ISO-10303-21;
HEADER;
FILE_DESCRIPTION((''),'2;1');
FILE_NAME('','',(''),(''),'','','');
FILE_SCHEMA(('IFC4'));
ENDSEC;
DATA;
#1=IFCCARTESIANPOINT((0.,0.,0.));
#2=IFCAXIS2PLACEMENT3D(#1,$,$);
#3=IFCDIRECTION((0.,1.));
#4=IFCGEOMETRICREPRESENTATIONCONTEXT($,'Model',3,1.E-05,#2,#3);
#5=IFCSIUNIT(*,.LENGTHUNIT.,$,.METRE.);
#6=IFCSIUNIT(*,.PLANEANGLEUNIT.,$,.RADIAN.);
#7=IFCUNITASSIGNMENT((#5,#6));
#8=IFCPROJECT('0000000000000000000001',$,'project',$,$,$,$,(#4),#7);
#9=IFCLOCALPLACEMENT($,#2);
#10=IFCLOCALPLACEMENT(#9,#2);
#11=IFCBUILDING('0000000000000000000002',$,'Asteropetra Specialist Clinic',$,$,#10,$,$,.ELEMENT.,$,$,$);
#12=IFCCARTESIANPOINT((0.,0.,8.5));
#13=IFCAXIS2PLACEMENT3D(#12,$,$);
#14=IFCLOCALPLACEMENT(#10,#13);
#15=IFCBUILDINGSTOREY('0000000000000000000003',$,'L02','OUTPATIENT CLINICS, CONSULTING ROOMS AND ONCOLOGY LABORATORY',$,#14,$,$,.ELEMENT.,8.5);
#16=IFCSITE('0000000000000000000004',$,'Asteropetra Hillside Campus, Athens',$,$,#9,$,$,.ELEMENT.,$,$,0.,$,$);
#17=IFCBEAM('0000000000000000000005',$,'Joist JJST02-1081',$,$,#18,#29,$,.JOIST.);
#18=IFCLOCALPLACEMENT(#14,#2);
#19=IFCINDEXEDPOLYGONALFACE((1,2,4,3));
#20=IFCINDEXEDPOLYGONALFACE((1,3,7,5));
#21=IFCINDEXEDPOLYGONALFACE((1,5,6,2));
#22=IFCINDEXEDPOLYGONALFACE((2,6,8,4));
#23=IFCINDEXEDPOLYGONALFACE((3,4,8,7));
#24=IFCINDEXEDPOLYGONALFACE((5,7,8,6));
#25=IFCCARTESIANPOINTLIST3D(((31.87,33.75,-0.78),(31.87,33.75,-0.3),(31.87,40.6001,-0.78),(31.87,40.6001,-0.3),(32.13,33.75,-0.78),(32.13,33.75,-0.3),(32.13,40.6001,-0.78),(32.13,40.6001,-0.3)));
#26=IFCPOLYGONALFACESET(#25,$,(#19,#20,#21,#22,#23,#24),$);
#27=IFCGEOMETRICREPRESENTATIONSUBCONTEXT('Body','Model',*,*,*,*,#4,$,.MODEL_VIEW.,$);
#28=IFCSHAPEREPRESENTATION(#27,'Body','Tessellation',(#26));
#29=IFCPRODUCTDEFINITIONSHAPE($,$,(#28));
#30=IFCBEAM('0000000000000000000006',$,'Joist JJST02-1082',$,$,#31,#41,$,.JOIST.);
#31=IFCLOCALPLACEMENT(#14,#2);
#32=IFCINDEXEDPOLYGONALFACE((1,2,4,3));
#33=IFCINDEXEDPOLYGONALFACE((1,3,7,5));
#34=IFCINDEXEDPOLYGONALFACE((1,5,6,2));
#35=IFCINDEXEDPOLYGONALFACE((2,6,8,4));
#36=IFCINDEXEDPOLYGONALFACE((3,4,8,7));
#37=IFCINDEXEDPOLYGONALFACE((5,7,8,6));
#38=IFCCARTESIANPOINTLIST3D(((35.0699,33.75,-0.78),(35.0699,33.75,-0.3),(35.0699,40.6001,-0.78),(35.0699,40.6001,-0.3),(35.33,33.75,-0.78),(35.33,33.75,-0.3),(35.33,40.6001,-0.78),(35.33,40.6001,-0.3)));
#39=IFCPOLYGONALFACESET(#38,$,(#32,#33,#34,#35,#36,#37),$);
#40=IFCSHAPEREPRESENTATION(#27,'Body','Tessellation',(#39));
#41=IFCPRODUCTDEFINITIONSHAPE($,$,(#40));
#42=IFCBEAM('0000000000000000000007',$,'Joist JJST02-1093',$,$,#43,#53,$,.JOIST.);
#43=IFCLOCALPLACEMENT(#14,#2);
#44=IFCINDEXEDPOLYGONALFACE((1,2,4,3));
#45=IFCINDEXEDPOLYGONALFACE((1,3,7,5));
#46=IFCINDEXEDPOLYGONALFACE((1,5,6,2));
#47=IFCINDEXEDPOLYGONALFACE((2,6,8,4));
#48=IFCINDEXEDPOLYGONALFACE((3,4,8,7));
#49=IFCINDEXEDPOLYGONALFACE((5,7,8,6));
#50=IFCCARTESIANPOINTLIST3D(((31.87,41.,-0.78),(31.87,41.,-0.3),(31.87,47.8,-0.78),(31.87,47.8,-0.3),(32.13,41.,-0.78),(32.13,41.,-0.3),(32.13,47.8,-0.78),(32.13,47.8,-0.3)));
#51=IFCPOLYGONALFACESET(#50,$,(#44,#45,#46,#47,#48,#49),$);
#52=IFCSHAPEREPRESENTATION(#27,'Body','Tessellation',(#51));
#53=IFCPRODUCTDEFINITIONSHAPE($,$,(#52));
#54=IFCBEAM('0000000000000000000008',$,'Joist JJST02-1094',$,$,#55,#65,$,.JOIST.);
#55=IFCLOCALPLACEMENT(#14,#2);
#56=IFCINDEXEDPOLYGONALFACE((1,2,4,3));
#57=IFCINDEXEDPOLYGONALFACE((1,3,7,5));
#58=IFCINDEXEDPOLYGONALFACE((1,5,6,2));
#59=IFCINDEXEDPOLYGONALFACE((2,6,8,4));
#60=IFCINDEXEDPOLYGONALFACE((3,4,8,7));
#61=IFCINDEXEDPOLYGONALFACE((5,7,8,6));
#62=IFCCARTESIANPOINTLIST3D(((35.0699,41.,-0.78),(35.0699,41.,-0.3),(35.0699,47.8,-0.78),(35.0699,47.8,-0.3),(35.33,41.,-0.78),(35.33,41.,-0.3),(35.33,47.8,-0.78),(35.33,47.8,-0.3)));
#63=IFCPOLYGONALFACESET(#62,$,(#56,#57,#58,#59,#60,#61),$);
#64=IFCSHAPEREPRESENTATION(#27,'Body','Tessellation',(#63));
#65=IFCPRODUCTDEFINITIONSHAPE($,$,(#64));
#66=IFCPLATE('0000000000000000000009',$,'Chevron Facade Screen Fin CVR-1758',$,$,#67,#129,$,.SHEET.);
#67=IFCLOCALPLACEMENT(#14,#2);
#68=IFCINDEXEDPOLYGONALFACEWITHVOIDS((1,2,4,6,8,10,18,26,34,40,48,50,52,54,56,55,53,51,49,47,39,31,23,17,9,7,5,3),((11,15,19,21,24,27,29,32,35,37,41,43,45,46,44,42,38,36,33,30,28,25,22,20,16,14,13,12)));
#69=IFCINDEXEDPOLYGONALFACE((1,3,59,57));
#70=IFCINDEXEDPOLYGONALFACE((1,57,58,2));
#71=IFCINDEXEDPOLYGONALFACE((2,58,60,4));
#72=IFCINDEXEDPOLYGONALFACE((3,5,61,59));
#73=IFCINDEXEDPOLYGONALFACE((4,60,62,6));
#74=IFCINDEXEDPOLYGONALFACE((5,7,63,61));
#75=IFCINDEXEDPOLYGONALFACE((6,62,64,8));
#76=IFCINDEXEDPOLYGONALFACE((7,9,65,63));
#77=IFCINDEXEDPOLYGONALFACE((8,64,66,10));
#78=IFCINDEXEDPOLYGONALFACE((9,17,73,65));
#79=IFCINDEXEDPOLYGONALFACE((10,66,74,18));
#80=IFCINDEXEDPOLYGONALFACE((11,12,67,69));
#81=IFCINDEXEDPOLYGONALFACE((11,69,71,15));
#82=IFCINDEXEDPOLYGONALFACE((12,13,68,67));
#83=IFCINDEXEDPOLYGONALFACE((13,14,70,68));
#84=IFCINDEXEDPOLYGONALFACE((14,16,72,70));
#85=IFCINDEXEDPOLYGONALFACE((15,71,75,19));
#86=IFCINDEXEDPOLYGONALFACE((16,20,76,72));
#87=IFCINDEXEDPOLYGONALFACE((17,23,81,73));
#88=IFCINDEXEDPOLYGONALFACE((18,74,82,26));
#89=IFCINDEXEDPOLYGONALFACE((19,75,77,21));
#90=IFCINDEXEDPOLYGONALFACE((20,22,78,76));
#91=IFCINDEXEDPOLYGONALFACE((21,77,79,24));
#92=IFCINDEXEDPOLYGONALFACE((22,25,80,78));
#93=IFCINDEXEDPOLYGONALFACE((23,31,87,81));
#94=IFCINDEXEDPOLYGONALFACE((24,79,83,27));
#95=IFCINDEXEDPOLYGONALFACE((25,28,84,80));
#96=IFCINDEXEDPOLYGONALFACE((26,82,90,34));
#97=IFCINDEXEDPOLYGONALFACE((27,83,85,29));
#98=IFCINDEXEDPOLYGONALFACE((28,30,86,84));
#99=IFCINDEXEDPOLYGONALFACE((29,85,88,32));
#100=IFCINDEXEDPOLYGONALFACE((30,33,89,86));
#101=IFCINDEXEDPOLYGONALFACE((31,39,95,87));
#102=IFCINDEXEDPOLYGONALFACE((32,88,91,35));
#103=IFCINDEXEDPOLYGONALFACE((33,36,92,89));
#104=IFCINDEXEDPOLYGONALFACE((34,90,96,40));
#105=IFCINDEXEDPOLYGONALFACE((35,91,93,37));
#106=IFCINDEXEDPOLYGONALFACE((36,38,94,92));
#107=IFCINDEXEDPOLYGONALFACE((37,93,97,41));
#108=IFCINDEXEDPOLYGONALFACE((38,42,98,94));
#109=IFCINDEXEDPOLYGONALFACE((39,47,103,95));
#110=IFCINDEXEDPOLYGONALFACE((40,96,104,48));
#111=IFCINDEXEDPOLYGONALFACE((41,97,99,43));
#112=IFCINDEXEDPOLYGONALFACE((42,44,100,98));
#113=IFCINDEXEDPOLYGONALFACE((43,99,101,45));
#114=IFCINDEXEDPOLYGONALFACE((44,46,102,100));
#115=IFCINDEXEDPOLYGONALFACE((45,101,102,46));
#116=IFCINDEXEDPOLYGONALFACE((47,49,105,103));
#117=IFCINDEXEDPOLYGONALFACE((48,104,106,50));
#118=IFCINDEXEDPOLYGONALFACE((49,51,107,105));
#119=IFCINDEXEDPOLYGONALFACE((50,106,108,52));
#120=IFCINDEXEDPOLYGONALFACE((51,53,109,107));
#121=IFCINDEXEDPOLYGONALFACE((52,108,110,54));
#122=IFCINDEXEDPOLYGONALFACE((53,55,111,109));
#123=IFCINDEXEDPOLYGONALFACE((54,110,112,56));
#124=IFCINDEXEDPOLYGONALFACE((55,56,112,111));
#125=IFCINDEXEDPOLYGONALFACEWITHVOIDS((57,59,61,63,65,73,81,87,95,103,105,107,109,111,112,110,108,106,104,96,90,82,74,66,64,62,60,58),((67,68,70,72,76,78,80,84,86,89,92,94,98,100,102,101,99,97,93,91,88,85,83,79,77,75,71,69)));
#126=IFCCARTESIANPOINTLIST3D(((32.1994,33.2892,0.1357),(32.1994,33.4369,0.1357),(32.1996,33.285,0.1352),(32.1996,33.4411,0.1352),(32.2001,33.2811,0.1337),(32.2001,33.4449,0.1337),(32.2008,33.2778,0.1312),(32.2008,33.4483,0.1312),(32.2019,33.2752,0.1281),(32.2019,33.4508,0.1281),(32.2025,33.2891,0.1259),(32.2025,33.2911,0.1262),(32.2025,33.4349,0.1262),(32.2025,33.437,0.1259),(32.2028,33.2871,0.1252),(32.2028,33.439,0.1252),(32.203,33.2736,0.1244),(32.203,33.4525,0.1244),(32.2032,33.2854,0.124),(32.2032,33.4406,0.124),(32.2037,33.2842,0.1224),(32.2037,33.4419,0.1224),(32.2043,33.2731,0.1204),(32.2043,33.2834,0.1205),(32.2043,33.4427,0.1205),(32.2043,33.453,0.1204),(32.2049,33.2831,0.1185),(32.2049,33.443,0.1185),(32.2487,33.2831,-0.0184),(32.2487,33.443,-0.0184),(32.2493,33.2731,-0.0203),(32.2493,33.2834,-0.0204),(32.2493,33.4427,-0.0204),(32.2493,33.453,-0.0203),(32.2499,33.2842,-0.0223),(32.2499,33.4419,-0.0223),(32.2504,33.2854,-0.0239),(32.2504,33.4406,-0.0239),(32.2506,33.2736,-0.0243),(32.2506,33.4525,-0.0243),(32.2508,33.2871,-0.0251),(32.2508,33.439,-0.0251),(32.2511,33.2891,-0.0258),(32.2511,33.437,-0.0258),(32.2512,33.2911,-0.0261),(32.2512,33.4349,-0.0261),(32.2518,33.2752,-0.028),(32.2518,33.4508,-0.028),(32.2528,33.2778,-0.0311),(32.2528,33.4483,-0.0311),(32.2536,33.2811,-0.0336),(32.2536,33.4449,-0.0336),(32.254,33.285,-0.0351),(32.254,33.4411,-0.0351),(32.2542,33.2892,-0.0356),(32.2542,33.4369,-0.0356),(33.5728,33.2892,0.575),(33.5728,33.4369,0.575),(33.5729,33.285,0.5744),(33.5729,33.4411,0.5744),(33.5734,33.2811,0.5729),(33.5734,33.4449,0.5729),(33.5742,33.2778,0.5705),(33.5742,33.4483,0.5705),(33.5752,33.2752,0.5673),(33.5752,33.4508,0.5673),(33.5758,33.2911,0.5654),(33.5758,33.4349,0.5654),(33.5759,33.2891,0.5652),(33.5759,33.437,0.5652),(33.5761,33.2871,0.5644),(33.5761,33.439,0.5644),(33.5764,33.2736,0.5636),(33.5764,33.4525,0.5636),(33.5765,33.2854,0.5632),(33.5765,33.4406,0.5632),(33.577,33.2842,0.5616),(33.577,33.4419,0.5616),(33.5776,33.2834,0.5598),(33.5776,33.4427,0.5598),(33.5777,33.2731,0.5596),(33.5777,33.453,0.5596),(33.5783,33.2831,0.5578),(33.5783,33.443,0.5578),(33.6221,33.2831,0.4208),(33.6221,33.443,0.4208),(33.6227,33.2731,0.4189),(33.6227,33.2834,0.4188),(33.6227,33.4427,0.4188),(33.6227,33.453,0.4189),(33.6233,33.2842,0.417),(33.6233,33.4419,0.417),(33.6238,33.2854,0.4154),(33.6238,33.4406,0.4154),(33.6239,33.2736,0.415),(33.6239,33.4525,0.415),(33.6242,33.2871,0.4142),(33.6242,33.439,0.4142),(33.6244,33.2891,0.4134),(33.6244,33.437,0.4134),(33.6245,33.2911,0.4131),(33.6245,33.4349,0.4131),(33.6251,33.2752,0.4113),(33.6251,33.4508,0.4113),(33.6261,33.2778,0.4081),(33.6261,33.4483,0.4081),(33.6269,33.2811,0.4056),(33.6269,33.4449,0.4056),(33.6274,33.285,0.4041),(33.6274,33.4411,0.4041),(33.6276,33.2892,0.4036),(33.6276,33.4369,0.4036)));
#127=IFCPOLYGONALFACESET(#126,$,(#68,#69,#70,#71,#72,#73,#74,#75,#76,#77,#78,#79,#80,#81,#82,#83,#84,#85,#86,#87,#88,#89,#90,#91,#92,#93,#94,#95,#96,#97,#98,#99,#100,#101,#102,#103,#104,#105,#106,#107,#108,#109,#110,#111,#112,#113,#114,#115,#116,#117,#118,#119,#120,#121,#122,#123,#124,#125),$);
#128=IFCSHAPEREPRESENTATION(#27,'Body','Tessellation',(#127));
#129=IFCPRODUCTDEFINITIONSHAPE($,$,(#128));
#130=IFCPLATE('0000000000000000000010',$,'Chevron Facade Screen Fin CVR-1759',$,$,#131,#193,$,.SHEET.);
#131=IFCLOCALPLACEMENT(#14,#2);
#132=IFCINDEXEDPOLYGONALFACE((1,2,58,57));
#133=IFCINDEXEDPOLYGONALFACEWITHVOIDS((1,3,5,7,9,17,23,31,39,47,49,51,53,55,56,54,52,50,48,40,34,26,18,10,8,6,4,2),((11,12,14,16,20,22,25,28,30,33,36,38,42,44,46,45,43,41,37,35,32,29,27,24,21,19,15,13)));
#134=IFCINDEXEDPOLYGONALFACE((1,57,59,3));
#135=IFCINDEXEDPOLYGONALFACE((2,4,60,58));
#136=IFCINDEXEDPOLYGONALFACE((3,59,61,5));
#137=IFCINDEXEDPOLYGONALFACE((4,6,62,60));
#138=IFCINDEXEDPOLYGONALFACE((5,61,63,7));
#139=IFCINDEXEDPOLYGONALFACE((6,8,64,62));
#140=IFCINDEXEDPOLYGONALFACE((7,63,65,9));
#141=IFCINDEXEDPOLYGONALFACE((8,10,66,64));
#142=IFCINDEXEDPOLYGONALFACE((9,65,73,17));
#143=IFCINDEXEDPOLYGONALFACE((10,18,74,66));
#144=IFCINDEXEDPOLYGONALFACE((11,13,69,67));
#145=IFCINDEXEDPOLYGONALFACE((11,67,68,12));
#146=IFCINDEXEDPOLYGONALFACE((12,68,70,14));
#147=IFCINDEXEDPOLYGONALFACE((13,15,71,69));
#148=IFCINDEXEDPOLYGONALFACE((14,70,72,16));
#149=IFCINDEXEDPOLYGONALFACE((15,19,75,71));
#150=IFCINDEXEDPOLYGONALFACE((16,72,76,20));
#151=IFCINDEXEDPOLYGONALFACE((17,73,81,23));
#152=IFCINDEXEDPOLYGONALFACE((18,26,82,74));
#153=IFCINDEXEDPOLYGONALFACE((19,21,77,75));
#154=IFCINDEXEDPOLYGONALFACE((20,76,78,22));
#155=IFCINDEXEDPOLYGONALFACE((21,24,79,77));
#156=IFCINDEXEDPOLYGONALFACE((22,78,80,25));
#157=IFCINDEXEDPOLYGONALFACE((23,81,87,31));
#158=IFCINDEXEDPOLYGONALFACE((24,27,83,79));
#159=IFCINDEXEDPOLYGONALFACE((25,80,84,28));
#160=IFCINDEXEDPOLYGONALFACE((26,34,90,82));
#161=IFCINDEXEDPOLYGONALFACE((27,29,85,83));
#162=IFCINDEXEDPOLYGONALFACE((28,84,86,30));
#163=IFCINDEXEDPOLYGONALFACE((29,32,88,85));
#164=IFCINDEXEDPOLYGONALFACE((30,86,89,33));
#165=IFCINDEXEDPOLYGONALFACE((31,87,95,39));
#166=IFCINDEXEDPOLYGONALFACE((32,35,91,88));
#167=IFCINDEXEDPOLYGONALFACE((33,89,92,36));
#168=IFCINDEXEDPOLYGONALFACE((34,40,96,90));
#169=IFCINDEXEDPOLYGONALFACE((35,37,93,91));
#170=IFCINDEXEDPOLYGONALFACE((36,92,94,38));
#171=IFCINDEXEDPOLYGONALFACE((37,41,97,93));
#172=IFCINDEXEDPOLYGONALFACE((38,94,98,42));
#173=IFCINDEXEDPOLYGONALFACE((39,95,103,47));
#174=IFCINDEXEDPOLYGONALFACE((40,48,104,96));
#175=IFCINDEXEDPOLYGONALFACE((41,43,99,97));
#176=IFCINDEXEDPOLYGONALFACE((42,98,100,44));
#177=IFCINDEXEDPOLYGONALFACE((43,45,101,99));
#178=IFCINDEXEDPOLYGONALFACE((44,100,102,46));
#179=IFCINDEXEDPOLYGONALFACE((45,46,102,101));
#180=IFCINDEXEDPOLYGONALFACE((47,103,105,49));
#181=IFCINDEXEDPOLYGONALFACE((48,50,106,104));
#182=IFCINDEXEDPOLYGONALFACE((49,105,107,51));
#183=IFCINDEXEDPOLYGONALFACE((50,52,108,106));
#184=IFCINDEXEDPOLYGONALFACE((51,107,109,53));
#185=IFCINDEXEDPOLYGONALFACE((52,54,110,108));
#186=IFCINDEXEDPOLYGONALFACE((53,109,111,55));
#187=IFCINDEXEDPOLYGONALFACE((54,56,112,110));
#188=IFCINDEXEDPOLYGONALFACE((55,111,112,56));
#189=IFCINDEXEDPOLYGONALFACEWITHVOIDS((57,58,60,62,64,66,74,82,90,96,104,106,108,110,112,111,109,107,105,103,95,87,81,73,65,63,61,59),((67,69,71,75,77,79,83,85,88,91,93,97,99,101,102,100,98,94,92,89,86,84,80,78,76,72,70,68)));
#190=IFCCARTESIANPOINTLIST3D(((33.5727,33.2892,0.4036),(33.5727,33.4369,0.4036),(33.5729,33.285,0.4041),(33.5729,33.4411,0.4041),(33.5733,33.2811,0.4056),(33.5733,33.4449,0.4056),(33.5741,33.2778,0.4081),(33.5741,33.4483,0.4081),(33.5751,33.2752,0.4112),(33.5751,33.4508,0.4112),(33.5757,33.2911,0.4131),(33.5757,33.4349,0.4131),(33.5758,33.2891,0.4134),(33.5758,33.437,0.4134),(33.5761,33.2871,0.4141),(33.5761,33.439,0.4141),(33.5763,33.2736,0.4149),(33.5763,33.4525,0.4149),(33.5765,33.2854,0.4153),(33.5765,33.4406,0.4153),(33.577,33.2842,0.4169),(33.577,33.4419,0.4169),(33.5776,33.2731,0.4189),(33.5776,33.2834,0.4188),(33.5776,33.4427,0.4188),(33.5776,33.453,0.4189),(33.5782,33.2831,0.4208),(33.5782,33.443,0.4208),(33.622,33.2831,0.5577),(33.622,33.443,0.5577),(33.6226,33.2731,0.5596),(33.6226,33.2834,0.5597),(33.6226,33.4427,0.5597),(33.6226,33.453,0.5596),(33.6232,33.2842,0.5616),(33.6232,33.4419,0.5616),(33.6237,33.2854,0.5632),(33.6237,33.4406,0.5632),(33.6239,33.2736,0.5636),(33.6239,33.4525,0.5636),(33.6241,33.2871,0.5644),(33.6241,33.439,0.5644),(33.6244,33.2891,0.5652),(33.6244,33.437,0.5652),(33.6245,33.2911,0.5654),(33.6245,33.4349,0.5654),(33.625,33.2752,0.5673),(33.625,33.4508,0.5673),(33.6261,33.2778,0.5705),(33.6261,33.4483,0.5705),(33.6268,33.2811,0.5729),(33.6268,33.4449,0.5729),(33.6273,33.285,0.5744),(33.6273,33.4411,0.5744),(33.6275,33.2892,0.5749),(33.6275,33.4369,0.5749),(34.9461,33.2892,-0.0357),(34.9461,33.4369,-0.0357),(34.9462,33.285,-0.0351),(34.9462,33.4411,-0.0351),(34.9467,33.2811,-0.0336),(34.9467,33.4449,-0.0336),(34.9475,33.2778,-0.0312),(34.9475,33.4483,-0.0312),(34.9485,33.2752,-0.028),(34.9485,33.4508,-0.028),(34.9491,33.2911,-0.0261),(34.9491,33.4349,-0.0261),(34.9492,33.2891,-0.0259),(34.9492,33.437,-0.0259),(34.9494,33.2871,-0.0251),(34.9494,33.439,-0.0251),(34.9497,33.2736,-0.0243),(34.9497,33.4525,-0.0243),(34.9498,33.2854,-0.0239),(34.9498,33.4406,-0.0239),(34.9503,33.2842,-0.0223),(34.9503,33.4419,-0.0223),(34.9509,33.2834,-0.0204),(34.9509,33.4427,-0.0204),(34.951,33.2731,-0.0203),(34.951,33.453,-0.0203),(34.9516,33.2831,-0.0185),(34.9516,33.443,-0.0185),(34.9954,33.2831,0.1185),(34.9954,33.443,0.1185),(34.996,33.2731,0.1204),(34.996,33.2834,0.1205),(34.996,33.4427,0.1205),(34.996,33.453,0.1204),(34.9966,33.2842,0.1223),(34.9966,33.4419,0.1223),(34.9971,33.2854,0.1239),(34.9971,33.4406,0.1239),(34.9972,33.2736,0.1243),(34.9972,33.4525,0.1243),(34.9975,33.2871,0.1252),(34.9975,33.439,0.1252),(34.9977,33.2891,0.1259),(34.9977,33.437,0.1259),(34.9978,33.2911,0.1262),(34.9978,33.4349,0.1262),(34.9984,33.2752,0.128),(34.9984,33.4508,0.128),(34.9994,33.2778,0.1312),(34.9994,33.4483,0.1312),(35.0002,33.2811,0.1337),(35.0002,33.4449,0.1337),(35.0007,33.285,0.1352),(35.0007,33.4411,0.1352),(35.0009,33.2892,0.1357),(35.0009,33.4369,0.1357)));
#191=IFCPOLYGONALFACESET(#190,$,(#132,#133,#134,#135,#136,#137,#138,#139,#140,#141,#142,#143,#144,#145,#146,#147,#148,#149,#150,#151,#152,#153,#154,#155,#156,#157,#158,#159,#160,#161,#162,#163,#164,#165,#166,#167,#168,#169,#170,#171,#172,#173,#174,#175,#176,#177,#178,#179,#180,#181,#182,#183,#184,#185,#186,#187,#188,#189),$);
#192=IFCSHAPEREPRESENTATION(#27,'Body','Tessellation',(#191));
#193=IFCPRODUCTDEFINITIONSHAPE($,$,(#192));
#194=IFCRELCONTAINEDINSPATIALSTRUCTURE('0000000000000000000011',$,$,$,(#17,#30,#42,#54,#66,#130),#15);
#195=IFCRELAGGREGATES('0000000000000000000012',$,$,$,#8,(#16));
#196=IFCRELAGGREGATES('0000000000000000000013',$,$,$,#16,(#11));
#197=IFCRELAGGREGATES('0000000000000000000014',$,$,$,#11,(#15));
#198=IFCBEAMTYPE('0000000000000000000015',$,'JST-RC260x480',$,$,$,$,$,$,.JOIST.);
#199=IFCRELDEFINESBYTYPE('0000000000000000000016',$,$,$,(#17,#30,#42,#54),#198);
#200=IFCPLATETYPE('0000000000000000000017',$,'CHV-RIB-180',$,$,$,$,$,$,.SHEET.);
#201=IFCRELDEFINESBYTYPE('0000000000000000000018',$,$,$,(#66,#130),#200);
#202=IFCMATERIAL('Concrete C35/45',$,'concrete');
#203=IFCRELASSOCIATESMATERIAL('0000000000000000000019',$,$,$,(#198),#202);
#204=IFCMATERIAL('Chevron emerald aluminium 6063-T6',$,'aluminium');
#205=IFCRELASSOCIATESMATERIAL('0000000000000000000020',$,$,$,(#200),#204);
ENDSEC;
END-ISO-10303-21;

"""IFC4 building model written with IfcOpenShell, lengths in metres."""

from ifc_helpers import new_model, si_unit, direction, frame, origin, origin_2d, place, context, subcontext, project, spatial, rectangle, hollow_rectangle, extrude, material, material_profile, profile_set, type_object, element, save


model = new_model("IFC4")

# Units and contexts
model_context = context("Model", 3, precision=1e-05, world=origin(), true_north=direction((0.0, 1.0)))
body_context = subcontext(model_context, "Body", "Model", "MODEL_VIEW")
ifc_project = project(units=[si_unit("LENGTHUNIT", "METRE"), si_unit("PLANEANGLEUNIT", "RADIAN")], contexts=[model_context])

# Site, building, storey
site_placement = place(None, origin())
site = spatial("IfcSite", under=ifc_project, at=site_placement, Name="Asteropetra Hillside Campus, Athens", CompositionType="ELEMENT", RefElevation=0.0)
building_placement = place(site_placement, origin())
building = spatial("IfcBuilding", under=site, at=building_placement, Name="Asteropetra Specialist Clinic", CompositionType="ELEMENT")
storey_placement = place(building_placement, frame((0.0, 0.0, 8.5)))
storey = spatial("IfcBuildingStorey", under=building, at=storey_placement, Name="L02", Description="OUTPATIENT CLINICS, CONSULTING ROOMS AND ONCOLOGY LABORATORY", CompositionType="ELEMENT", Elevation=8.5)

# Beams
ifc_material_1 = material(Name="Concrete C35/45", Category="concrete")
ifc_material_profile_1 = material_profile(ifc_material_1, rectangle(XDim=0.26, YDim=0.48, at=origin_2d()), Name="RCJ 260x480")
ifc_profile_set_1 = profile_set([ifc_material_profile_1], Name="Concrete C35/45")
beam_type = type_object("IfcBeamType", Name="JST-RC260x480", PredefinedType="JOIST", material=ifc_profile_set_1)
for number, where, z_axis, x_axis, name in (
    (1, (32.0, 33.75, -0.54), (0.0, 1.0, 0.0), (-1.0, 0.0, 0.0), "Joist JJST02-1081"),
    (2, (35.2, 33.75, -0.54), (0.0, 1.0, 0.0), (-1.0, 0.0, 0.0), "Joist JJST02-1082"),
):
    element("IfcBeam", number, at=place(storey_placement, frame(where, z_axis=z_axis, x_axis=x_axis)), inside=storey, type_object=beam_type, Name=name, PredefinedType="JOIST", context=body_context, shape_type="SweptSolid", body=[
        extrude(rectangle(XDim=0.26, YDim=0.48, at=origin_2d()), origin(), (0.0, 0.0, 1.0), 6.8501),
    ])
for number, where, z_axis, x_axis, name in (
    (3, (32.0, 41.0, -0.54), (0.0, 1.0, 0.0), (-1.0, 0.0, 0.0), "Joist JJST02-1093"),
    (4, (35.2, 41.0, -0.54), (0.0, 1.0, 0.0), (-1.0, 0.0, 0.0), "Joist JJST02-1094"),
):
    element("IfcBeam", number, at=place(storey_placement, frame(where, z_axis=z_axis, x_axis=x_axis)), inside=storey, type_object=beam_type, Name=name, PredefinedType="JOIST", context=body_context, shape_type="SweptSolid", body=[
        extrude(rectangle(XDim=0.26, YDim=0.48, at=origin_2d()), origin(), (0.0, 0.0, 1.0), 6.8),
    ])

# Plates
ifc_material_2 = material(Name="Chevron emerald aluminium 6063-T6", Category="aluminium")
ifc_material_profile_2 = material_profile(ifc_material_2, hollow_rectangle(XDim=0.1799, YDim=0.1799, WallThickness=0.01, InnerFilletRadius=0.0081, OuterFilletRadius=0.0161, at=origin_2d()), Name="SHS 180x180x10.0")
ifc_profile_set_2 = profile_set([ifc_material_profile_2], Name="Chevron emerald aluminium 6063-T6")
plate_type_1 = type_object("IfcPlateType", Name="CHV-RIB-180", PredefinedType="SHEET", material=ifc_profile_set_2)
for number, where, z_axis, x_axis, name in (
    (5, (32.2268, 33.363, 0.05), (0.952473, 0.0, 0.304622), (0.0, 1.0, 0.0), "Chevron Facade Screen Fin CVR-1758"),
    (6, (33.6001, 33.363, 0.4893), (0.952473, 0.0, -0.304622), (0.0, 1.0, 0.0), "Chevron Facade Screen Fin CVR-1759"),
):
    element("IfcPlate", number, at=place(storey_placement, frame(where, z_axis=z_axis, x_axis=x_axis)), inside=storey, type_object=plate_type_1, Name=name, PredefinedType="SHEET", context=body_context, shape_type="SweptSolid", body=[
        extrude(hollow_rectangle(XDim=0.1799, YDim=0.1799, WallThickness=0.01, InnerFilletRadius=0.0081, OuterFilletRadius=0.0161, at=origin_2d()), origin(), (0.0, 0.0, 1.0), 1.4419),
    ])

save(model, "model.ifc")
